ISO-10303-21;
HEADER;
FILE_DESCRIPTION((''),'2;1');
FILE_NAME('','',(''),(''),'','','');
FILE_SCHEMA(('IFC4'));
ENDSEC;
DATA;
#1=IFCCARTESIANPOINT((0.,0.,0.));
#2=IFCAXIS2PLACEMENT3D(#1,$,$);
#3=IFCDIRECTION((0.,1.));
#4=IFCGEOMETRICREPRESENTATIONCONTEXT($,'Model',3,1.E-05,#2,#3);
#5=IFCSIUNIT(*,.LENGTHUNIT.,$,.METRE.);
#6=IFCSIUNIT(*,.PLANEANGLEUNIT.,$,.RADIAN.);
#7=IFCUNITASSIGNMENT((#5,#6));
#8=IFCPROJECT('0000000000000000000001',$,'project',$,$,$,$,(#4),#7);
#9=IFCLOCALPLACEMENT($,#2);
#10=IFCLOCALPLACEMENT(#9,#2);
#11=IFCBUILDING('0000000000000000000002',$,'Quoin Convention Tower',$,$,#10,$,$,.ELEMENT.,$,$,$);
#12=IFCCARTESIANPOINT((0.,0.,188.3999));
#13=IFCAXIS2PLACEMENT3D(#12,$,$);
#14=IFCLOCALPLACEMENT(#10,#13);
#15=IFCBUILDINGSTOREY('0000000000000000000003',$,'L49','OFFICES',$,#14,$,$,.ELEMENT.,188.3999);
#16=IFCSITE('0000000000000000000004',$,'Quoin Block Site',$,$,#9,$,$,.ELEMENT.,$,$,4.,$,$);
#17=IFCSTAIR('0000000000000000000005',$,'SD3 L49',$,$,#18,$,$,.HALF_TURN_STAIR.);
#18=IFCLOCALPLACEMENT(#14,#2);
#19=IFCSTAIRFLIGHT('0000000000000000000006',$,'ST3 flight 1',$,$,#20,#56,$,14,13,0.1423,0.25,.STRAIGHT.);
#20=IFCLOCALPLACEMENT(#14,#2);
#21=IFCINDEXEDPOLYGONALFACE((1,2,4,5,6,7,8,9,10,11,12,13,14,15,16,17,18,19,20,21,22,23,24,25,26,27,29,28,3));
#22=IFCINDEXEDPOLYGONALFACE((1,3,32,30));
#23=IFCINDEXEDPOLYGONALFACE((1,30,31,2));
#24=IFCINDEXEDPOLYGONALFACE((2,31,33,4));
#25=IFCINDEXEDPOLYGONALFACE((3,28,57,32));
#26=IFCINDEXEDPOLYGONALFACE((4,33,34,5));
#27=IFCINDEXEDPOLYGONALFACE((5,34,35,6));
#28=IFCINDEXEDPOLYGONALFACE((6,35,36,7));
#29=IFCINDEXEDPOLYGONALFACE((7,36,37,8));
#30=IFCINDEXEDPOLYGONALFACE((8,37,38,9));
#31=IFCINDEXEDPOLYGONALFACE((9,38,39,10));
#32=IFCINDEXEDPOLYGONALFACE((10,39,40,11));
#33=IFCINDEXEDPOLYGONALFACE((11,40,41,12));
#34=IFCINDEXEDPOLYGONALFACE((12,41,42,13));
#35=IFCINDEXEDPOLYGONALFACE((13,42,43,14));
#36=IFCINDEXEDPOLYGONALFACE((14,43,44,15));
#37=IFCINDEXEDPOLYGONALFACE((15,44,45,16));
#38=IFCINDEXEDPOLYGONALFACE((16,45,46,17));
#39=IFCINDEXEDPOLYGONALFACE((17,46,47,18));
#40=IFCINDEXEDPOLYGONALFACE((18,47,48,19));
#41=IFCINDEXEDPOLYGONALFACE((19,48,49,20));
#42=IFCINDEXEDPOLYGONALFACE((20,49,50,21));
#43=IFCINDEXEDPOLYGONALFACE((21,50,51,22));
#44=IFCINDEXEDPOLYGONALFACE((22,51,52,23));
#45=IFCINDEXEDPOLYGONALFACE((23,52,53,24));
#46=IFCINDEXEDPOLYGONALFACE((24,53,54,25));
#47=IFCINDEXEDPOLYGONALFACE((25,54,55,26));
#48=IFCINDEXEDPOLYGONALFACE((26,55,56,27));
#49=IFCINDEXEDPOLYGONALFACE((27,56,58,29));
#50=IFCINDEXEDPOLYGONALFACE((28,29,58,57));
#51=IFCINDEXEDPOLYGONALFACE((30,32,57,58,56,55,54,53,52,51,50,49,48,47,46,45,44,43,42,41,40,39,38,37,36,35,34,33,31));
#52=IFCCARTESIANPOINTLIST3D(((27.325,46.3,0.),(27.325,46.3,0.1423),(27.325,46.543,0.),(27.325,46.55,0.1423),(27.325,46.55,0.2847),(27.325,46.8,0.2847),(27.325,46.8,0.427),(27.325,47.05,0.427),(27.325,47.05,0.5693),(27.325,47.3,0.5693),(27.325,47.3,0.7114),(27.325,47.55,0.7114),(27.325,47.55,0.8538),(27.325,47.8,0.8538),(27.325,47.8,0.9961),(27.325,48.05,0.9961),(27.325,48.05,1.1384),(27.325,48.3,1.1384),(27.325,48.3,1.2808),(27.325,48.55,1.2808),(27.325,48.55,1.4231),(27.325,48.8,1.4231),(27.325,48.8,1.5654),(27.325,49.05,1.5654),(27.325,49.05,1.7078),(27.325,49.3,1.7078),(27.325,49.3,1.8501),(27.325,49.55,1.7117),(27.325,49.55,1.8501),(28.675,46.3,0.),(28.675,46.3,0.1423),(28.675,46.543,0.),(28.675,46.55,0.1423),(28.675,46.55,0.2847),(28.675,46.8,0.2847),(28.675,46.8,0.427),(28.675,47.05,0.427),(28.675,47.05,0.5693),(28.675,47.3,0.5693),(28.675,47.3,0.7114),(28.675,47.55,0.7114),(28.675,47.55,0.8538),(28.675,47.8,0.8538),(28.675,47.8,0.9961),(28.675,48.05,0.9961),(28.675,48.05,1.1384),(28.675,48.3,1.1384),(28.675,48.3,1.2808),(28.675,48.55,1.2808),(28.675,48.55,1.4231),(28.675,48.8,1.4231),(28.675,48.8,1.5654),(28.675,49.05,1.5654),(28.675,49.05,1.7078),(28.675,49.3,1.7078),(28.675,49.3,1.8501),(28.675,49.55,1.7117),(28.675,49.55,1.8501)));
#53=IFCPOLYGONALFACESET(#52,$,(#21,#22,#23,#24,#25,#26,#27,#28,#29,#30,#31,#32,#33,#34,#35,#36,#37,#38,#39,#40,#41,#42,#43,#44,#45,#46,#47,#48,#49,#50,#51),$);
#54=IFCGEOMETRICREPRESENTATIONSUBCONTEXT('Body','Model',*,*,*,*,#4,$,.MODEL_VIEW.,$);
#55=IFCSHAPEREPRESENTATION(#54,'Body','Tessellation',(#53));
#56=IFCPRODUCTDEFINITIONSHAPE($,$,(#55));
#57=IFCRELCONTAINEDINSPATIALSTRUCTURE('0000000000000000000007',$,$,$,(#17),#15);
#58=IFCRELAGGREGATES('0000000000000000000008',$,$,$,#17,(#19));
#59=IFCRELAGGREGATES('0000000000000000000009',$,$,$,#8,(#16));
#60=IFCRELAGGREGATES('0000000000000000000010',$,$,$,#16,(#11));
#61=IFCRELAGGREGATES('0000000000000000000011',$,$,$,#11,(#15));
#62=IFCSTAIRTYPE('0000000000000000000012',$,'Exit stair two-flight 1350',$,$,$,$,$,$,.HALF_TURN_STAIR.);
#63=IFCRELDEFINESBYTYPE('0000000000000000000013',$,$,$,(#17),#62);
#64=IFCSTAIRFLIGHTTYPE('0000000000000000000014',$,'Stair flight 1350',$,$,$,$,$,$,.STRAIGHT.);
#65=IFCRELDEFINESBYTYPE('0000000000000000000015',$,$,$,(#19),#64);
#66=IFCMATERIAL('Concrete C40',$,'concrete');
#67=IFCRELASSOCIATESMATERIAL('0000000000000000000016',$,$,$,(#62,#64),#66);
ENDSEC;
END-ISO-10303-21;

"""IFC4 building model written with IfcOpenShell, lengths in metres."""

from ifc_helpers import new_model, si_unit, direction, frame, origin, place, context, subcontext, project, spatial, polyline, outline, extrude, material, type_object, element, aggregate, save


model = new_model("IFC4")

# Units and contexts
model_context = context("Model", 3, precision=1e-05, world=origin(), true_north=direction((0.0, 1.0)))
body_context = subcontext(model_context, "Body", "Model", "MODEL_VIEW")
ifc_project = project(units=[si_unit("LENGTHUNIT", "METRE"), si_unit("PLANEANGLEUNIT", "RADIAN")], contexts=[model_context])

# Site, building, storey
site_placement = place(None, origin())
site = spatial("IfcSite", under=ifc_project, at=site_placement, Name="Quoin Block Site", CompositionType="ELEMENT", RefElevation=4.0)
building_placement = place(site_placement, origin())
building = spatial("IfcBuilding", under=site, at=building_placement, Name="Quoin Convention Tower", CompositionType="ELEMENT")
storey_placement = place(building_placement, frame((0.0, 0.0, 188.3999)))
storey = spatial("IfcBuildingStorey", under=building, at=storey_placement, Name="L49", Description="OFFICES", CompositionType="ELEMENT", Elevation=188.3999)

# Stair, stair flight
ifc_material_1 = material(Name="Concrete C40", Category="concrete")
stair_type = type_object("IfcStairType", Name="Exit stair two-flight 1350", PredefinedType="HALF_TURN_STAIR", material=ifc_material_1)
stair_placement = place(storey_placement, origin())
stair = element("IfcStair", 1, at=stair_placement, inside=storey, type_object=stair_type, Name="SD3 L49", PredefinedType="HALF_TURN_STAIR")
stair_flight_type = type_object("IfcStairFlightType", Name="Stair flight 1350", PredefinedType="STRAIGHT", material=ifc_material_1)
stair_flight_placement = place(storey_placement, frame((28.0, 46.3, 0.0), z_axis=(0.0, 0.0, 1.0), x_axis=(0.0, 1.0, 0.0)))
stair_flight = element("IfcStairFlight", 2, at=stair_flight_placement, type_object=stair_flight_type, Name="ST3 flight 1", NumberOfRisers=14, NumberOfTreads=13, PredefinedType="STRAIGHT", RiserHeight=0.1423, TreadLength=0.25, context=body_context, shape_type="SweptSolid", body=[
    extrude(outline(polyline([(0.0, 0.0), (0.0, 0.1423), (0.25, 0.1423), (0.25, 0.2847), (0.5, 0.2847), (0.5, 0.427), (0.75, 0.427), (0.75, 0.5693), (1.0, 0.5693), (1.0, 0.7114), (1.25, 0.7114), (1.25, 0.8538), (1.5, 0.8538), (1.5, 0.9961), (1.75, 0.9961), (1.75, 1.1384), (2.0, 1.1384), (2.0, 1.2808), (2.25, 1.2808), (2.25, 1.4231), (2.5, 1.4231), (2.5, 1.5654), (2.75, 1.5654), (2.75, 1.7078), (3.0, 1.7078), (3.0, 1.8501), (3.25, 1.8501), (3.25, 1.9922), (3.25, 1.7117), (0.2429, 0.0), (0.0, 0.0)])), frame((0.0, 0.675, 0.0), z_axis=(0.0, -1.0, 0.0), x_axis=(1.0, 0.0, 0.0)), (0.0, 0.0, 1.0), 1.3501),
])
aggregate(stair, [stair_flight])

save(model, "model.ifc")
